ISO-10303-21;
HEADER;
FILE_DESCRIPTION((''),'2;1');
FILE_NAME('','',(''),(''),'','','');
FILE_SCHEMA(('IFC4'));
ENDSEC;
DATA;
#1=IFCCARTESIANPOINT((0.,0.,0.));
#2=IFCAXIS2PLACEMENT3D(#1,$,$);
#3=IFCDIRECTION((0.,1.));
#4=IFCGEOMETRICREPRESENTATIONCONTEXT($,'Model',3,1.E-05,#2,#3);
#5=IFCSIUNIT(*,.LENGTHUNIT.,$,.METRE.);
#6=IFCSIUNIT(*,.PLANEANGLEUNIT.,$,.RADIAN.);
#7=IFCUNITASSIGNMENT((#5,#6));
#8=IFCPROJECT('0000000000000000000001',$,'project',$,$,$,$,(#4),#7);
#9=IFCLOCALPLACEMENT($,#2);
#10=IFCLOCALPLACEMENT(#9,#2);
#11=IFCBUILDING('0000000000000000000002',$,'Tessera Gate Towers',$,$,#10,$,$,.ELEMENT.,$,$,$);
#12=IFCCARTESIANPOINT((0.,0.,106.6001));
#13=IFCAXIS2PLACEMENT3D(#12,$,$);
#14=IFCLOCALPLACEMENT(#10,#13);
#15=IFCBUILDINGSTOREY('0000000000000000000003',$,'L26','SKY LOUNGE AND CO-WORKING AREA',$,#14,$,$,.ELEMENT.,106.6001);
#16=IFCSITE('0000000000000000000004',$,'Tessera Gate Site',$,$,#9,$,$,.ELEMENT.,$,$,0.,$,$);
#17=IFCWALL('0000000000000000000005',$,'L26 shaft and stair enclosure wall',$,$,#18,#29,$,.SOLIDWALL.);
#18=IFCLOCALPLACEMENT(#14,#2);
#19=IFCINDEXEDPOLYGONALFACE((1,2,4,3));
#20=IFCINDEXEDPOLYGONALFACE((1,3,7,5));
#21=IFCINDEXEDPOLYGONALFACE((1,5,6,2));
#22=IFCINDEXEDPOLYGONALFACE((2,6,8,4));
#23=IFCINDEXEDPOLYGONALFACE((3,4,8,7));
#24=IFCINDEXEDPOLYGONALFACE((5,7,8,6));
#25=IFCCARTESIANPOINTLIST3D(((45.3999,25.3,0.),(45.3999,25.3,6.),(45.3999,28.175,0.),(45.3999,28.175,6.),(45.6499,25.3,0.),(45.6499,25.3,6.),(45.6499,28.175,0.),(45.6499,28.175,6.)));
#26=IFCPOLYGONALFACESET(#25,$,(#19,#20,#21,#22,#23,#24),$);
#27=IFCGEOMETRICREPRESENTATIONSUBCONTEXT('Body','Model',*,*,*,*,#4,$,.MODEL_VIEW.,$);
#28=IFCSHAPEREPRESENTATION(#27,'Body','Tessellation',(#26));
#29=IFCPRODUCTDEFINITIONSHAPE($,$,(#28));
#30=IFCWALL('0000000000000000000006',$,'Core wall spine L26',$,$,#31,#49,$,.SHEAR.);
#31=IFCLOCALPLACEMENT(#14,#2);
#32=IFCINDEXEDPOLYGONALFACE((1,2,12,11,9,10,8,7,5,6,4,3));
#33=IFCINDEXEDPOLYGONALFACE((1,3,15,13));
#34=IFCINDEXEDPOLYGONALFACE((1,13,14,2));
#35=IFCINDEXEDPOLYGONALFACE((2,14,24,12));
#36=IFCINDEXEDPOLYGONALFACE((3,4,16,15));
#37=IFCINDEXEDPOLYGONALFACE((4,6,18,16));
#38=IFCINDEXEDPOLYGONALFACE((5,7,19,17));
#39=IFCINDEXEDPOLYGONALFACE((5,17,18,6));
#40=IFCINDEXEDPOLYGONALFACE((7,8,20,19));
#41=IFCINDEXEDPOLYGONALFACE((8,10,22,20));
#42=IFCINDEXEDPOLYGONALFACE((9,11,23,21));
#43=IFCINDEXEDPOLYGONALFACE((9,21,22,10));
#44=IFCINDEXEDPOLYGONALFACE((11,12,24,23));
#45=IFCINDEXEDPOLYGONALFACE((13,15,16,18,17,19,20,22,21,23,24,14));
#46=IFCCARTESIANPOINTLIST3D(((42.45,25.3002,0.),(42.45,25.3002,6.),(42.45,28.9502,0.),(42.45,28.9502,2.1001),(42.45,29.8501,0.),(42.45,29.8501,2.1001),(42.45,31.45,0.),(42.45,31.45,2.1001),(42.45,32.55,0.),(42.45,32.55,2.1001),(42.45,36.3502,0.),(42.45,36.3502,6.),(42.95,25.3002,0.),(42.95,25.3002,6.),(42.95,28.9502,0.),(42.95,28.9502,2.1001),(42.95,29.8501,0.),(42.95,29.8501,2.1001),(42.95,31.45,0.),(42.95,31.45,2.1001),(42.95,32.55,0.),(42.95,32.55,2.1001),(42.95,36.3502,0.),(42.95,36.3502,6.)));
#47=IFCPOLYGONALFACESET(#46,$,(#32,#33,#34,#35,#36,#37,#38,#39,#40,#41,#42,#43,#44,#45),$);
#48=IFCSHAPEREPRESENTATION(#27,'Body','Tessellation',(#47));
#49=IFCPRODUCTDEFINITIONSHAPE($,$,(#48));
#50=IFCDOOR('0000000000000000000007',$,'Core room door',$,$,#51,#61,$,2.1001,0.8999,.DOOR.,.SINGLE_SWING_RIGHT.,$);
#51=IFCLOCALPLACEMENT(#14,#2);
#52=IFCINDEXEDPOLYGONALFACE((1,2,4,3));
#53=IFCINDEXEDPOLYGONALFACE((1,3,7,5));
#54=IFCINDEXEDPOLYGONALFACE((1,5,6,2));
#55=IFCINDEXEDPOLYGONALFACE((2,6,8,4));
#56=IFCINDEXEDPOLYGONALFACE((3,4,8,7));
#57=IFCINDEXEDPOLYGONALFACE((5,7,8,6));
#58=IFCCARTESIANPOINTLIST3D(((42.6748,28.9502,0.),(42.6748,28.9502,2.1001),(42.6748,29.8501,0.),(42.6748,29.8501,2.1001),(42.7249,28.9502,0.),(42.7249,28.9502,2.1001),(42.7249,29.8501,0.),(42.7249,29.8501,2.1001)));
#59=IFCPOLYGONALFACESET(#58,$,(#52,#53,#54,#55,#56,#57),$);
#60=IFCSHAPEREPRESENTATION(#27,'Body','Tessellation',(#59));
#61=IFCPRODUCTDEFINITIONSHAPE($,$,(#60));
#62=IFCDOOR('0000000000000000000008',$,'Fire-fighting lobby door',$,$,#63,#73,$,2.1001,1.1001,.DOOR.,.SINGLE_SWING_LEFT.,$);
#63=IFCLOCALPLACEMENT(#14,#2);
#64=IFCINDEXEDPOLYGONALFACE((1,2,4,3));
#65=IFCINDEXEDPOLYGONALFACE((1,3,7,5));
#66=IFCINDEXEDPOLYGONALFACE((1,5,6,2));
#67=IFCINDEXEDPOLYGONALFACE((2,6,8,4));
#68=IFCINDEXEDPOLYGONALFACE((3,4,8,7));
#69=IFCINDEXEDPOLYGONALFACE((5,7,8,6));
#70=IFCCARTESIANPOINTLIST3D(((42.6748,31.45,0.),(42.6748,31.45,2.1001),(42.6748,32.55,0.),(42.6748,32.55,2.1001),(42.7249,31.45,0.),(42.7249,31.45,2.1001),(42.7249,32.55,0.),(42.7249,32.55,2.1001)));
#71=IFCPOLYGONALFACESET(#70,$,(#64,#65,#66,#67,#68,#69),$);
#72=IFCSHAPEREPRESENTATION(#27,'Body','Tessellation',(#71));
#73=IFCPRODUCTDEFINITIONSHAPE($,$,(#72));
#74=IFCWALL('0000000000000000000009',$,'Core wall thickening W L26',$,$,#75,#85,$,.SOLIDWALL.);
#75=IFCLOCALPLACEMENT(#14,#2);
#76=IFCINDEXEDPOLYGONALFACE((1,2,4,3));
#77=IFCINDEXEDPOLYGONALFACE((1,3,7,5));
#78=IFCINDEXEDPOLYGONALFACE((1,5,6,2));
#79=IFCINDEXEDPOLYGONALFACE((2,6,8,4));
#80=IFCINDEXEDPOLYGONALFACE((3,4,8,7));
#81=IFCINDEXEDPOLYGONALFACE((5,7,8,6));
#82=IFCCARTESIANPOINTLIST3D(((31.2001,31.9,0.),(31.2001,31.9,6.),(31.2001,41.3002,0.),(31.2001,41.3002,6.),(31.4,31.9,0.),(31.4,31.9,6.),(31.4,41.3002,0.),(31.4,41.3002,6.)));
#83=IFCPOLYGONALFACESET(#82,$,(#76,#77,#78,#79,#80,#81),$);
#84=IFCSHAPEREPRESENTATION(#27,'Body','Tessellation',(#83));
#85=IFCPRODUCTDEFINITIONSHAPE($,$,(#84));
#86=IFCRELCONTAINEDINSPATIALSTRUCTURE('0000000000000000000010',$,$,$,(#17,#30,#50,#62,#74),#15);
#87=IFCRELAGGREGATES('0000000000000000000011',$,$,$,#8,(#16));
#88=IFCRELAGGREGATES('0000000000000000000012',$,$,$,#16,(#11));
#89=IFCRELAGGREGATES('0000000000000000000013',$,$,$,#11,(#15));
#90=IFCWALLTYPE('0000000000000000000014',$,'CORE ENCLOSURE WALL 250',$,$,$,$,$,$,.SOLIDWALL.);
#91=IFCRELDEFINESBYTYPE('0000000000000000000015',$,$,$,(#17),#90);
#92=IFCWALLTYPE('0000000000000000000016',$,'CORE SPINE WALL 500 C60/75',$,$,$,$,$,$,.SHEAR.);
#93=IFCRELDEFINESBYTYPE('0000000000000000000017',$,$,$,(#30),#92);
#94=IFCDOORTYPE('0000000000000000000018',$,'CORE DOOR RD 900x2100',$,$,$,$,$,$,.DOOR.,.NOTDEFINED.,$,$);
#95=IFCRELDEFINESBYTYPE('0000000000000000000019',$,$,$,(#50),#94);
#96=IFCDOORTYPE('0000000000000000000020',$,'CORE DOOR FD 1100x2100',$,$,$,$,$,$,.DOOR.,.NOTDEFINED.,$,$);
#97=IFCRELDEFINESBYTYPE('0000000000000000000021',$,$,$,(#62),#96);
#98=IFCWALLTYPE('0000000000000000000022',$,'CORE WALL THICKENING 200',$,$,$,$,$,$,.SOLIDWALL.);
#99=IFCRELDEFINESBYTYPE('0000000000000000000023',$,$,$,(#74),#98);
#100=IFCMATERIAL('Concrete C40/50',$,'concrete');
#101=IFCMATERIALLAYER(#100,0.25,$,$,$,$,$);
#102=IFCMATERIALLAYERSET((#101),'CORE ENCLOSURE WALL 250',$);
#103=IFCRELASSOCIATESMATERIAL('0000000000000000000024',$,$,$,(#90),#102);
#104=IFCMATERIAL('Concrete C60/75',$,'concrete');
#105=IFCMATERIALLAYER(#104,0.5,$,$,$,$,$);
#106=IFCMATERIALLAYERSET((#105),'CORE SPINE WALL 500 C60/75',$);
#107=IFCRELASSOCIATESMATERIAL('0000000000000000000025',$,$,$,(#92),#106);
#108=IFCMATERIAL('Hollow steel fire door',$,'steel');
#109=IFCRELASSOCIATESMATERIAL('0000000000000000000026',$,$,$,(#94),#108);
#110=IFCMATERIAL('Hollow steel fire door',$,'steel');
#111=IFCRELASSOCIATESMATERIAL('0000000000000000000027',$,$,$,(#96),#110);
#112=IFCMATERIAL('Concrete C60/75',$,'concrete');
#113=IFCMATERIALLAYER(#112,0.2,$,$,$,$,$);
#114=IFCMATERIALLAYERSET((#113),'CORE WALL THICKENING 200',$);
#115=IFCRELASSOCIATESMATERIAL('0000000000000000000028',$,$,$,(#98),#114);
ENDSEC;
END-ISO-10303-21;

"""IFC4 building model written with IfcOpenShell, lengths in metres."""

from ifc_helpers import new_model, si_unit, direction, frame, frame_2d, origin, place, context, subcontext, project, spatial, rectangle, extrude, source, transform, mapped, material, layer, layer_set, type_object, element, fill, save


model = new_model("IFC4")

# Units and contexts
model_context = context("Model", 3, precision=1e-05, world=origin(), true_north=direction((0.0, 1.0)))
body_context = subcontext(model_context, "Body", "Model", "MODEL_VIEW")
ifc_project = project(units=[si_unit("LENGTHUNIT", "METRE"), si_unit("PLANEANGLEUNIT", "RADIAN")], contexts=[model_context])

# Site, building, storey
site_placement = place(None, origin())
site = spatial("IfcSite", under=ifc_project, at=site_placement, Name="Tessera Gate Site", CompositionType="ELEMENT", RefElevation=0.0)
building_placement = place(site_placement, origin())
building = spatial("IfcBuilding", under=site, at=building_placement, Name="Tessera Gate Towers", CompositionType="ELEMENT")
storey_placement = place(building_placement, frame((0.0, 0.0, 106.6001)))
storey = spatial("IfcBuildingStorey", under=building, at=storey_placement, Name="L26", Description="SKY LOUNGE AND CO-WORKING AREA", CompositionType="ELEMENT", Elevation=106.6001)

# Shared definitions
ifc_material_1 = material(Name="Concrete C40/50", Category="concrete")
ifc_layer_1 = layer(ifc_material_1, 0.25)
ifc_layer_set_1 = layer_set([ifc_layer_1], Name="CORE ENCLOSURE WALL 250")
wall_type_1 = type_object("IfcWallType", Name="CORE ENCLOSURE WALL 250", PredefinedType="SOLIDWALL", material=ifc_layer_set_1)

# Wall
wall_1_placement = place(storey_placement, frame((45.5249, 25.3, 0.0), z_axis=(0.0, 0.0, 1.0), x_axis=(0.0, 1.0, 0.0)))
element("IfcWall", 1, at=wall_1_placement, inside=storey, type_object=wall_type_1, Name="L26 shaft and stair enclosure wall", PredefinedType="SOLIDWALL", context=body_context, shape_type="SweptSolid", body=[
    extrude(rectangle(XDim=2.875, YDim=0.25, at=frame_2d((1.4375, 0.0))), origin(), (0.0, 0.0, 1.0), 6.0),
])

# Wall, openings, doors
ifc_material_2 = material(Name="Concrete C60/75", Category="concrete")
ifc_layer_2 = layer(ifc_material_2, 0.5)
ifc_layer_set_2 = layer_set([ifc_layer_2], Name="CORE SPINE WALL 500 C60/75")
wall_type_2 = type_object("IfcWallType", Name="CORE SPINE WALL 500 C60/75", PredefinedType="SHEAR", material=ifc_layer_set_2)
wall_2_placement = place(storey_placement, frame((42.7, 36.3501, 0.0), z_axis=(0.0, 0.0, 1.0), x_axis=(0.0, -1.0, 0.0)))
wall_2 = element("IfcWall", 2, at=wall_2_placement, inside=storey, type_object=wall_type_2, Name="Core wall spine L26", PredefinedType="SHEAR", context=body_context, shape_type="SweptSolid", body=[
    extrude(rectangle(XDim=11.05, YDim=0.5, at=frame_2d((5.5249, 0.0))), origin(), (0.0, 0.0, 1.0), 6.0),
])
shared_shape_1 = source(origin(), body_context, "Body", "SweptSolid", [
    extrude(rectangle(XDim=0.8999, YDim=2.1001, at=frame_2d((0.45, 1.05))), frame((0.0, 0.26, 0.0), z_axis=(0.0, -1.0, 0.0), x_axis=(1.0, 0.0, 0.0)), (0.0, 0.0, 1.0), 0.52),
])
opening_1_placement = place(wall_2_placement, frame((6.5, 0.0, 0.0)))
opening_1 = element("IfcOpeningElement", 3, at=opening_1_placement, cuts=wall_2, PredefinedType="OPENING", context=body_context, shape_type="MappedRepresentation", body=[
    mapped(shared_shape_1, transform((0.0, 0.0, 0.0), scale=1.0)),
])
shared_shape_2 = source(origin(), body_context, "Body", "SweptSolid", [
    extrude(rectangle(XDim=1.1001, YDim=2.1001, at=frame_2d((0.55, 1.05))), frame((0.0, 0.26, 0.0), z_axis=(0.0, -1.0, 0.0), x_axis=(1.0, 0.0, 0.0)), (0.0, 0.0, 1.0), 0.52),
])
opening_2_placement = place(wall_2_placement, frame((3.8, 0.0, 0.0)))
opening_2 = element("IfcOpeningElement", 4, at=opening_2_placement, cuts=wall_2, PredefinedType="OPENING", context=body_context, shape_type="MappedRepresentation", body=[
    mapped(shared_shape_2, transform((0.0, 0.0, 0.0), scale=1.0)),
])
ifc_material_3 = material(Name="Hollow steel fire door", Category="steel")
door_type_1 = type_object("IfcDoorType", Name="CORE DOOR RD 900x2100", OperationType="NOTDEFINED", PredefinedType="DOOR", material=ifc_material_3)
shared_shape_3 = source(origin(), body_context, "Body", "SweptSolid", [
    extrude(rectangle(XDim=0.8999, YDim=2.1001, at=frame_2d((0.45, 1.05))), frame((0.0, 0.0249, 0.0), z_axis=(0.0, -1.0, 0.0), x_axis=(1.0, 0.0, 0.0)), (0.0, 0.0, 1.0), 0.05),
])
door_1_placement = place(opening_1_placement, origin())
door_1 = element("IfcDoor", 5, at=door_1_placement, inside=storey, type_object=door_type_1, Name="Core room door", OperationType="SINGLE_SWING_RIGHT", OverallHeight=2.1001, OverallWidth=0.8999, PredefinedType="DOOR", context=body_context, shape_type="MappedRepresentation", body=[
    mapped(shared_shape_3, transform((0.0, 0.0, 0.0), scale=1.0)),
])
fill(opening_1, door_1)
ifc_material_4 = material(Name="Hollow steel fire door", Category="steel")
door_type_2 = type_object("IfcDoorType", Name="CORE DOOR FD 1100x2100", OperationType="NOTDEFINED", PredefinedType="DOOR", material=ifc_material_4)
shared_shape_4 = source(origin(), body_context, "Body", "SweptSolid", [
    extrude(rectangle(XDim=1.1001, YDim=2.1001, at=frame_2d((0.55, 1.05))), frame((0.0, 0.0249, 0.0), z_axis=(0.0, -1.0, 0.0), x_axis=(1.0, 0.0, 0.0)), (0.0, 0.0, 1.0), 0.05),
])
door_2_placement = place(opening_2_placement, origin())
door_2 = element("IfcDoor", 6, at=door_2_placement, inside=storey, type_object=door_type_2, Name="Fire-fighting lobby door", OperationType="SINGLE_SWING_LEFT", OverallHeight=2.1001, OverallWidth=1.1001, PredefinedType="DOOR", context=body_context, shape_type="MappedRepresentation", body=[
    mapped(shared_shape_4, transform((0.0, 0.0, 0.0), scale=1.0)),
])
fill(opening_2, door_2)

# Wall
ifc_material_5 = material(Name="Concrete C60/75", Category="concrete")
ifc_layer_3 = layer(ifc_material_5, 0.2)
ifc_layer_set_3 = layer_set([ifc_layer_3], Name="CORE WALL THICKENING 200")
wall_type_3 = type_object("IfcWallType", Name="CORE WALL THICKENING 200", PredefinedType="SOLIDWALL", material=ifc_layer_set_3)
wall_3_placement = place(storey_placement, frame((31.3, 31.8999, 0.0), z_axis=(0.0, 0.0, 1.0), x_axis=(0.0, 1.0, 0.0)))
element("IfcWall", 7, at=wall_3_placement, inside=storey, type_object=wall_type_3, Name="Core wall thickening W L26", PredefinedType="SOLIDWALL", context=body_context, shape_type="SweptSolid", body=[
    extrude(rectangle(XDim=9.4001, YDim=0.2, at=frame_2d((4.7002, 0.0))), origin(), (0.0, 0.0, 1.0), 6.0),
])

save(model, "model.ifc")
